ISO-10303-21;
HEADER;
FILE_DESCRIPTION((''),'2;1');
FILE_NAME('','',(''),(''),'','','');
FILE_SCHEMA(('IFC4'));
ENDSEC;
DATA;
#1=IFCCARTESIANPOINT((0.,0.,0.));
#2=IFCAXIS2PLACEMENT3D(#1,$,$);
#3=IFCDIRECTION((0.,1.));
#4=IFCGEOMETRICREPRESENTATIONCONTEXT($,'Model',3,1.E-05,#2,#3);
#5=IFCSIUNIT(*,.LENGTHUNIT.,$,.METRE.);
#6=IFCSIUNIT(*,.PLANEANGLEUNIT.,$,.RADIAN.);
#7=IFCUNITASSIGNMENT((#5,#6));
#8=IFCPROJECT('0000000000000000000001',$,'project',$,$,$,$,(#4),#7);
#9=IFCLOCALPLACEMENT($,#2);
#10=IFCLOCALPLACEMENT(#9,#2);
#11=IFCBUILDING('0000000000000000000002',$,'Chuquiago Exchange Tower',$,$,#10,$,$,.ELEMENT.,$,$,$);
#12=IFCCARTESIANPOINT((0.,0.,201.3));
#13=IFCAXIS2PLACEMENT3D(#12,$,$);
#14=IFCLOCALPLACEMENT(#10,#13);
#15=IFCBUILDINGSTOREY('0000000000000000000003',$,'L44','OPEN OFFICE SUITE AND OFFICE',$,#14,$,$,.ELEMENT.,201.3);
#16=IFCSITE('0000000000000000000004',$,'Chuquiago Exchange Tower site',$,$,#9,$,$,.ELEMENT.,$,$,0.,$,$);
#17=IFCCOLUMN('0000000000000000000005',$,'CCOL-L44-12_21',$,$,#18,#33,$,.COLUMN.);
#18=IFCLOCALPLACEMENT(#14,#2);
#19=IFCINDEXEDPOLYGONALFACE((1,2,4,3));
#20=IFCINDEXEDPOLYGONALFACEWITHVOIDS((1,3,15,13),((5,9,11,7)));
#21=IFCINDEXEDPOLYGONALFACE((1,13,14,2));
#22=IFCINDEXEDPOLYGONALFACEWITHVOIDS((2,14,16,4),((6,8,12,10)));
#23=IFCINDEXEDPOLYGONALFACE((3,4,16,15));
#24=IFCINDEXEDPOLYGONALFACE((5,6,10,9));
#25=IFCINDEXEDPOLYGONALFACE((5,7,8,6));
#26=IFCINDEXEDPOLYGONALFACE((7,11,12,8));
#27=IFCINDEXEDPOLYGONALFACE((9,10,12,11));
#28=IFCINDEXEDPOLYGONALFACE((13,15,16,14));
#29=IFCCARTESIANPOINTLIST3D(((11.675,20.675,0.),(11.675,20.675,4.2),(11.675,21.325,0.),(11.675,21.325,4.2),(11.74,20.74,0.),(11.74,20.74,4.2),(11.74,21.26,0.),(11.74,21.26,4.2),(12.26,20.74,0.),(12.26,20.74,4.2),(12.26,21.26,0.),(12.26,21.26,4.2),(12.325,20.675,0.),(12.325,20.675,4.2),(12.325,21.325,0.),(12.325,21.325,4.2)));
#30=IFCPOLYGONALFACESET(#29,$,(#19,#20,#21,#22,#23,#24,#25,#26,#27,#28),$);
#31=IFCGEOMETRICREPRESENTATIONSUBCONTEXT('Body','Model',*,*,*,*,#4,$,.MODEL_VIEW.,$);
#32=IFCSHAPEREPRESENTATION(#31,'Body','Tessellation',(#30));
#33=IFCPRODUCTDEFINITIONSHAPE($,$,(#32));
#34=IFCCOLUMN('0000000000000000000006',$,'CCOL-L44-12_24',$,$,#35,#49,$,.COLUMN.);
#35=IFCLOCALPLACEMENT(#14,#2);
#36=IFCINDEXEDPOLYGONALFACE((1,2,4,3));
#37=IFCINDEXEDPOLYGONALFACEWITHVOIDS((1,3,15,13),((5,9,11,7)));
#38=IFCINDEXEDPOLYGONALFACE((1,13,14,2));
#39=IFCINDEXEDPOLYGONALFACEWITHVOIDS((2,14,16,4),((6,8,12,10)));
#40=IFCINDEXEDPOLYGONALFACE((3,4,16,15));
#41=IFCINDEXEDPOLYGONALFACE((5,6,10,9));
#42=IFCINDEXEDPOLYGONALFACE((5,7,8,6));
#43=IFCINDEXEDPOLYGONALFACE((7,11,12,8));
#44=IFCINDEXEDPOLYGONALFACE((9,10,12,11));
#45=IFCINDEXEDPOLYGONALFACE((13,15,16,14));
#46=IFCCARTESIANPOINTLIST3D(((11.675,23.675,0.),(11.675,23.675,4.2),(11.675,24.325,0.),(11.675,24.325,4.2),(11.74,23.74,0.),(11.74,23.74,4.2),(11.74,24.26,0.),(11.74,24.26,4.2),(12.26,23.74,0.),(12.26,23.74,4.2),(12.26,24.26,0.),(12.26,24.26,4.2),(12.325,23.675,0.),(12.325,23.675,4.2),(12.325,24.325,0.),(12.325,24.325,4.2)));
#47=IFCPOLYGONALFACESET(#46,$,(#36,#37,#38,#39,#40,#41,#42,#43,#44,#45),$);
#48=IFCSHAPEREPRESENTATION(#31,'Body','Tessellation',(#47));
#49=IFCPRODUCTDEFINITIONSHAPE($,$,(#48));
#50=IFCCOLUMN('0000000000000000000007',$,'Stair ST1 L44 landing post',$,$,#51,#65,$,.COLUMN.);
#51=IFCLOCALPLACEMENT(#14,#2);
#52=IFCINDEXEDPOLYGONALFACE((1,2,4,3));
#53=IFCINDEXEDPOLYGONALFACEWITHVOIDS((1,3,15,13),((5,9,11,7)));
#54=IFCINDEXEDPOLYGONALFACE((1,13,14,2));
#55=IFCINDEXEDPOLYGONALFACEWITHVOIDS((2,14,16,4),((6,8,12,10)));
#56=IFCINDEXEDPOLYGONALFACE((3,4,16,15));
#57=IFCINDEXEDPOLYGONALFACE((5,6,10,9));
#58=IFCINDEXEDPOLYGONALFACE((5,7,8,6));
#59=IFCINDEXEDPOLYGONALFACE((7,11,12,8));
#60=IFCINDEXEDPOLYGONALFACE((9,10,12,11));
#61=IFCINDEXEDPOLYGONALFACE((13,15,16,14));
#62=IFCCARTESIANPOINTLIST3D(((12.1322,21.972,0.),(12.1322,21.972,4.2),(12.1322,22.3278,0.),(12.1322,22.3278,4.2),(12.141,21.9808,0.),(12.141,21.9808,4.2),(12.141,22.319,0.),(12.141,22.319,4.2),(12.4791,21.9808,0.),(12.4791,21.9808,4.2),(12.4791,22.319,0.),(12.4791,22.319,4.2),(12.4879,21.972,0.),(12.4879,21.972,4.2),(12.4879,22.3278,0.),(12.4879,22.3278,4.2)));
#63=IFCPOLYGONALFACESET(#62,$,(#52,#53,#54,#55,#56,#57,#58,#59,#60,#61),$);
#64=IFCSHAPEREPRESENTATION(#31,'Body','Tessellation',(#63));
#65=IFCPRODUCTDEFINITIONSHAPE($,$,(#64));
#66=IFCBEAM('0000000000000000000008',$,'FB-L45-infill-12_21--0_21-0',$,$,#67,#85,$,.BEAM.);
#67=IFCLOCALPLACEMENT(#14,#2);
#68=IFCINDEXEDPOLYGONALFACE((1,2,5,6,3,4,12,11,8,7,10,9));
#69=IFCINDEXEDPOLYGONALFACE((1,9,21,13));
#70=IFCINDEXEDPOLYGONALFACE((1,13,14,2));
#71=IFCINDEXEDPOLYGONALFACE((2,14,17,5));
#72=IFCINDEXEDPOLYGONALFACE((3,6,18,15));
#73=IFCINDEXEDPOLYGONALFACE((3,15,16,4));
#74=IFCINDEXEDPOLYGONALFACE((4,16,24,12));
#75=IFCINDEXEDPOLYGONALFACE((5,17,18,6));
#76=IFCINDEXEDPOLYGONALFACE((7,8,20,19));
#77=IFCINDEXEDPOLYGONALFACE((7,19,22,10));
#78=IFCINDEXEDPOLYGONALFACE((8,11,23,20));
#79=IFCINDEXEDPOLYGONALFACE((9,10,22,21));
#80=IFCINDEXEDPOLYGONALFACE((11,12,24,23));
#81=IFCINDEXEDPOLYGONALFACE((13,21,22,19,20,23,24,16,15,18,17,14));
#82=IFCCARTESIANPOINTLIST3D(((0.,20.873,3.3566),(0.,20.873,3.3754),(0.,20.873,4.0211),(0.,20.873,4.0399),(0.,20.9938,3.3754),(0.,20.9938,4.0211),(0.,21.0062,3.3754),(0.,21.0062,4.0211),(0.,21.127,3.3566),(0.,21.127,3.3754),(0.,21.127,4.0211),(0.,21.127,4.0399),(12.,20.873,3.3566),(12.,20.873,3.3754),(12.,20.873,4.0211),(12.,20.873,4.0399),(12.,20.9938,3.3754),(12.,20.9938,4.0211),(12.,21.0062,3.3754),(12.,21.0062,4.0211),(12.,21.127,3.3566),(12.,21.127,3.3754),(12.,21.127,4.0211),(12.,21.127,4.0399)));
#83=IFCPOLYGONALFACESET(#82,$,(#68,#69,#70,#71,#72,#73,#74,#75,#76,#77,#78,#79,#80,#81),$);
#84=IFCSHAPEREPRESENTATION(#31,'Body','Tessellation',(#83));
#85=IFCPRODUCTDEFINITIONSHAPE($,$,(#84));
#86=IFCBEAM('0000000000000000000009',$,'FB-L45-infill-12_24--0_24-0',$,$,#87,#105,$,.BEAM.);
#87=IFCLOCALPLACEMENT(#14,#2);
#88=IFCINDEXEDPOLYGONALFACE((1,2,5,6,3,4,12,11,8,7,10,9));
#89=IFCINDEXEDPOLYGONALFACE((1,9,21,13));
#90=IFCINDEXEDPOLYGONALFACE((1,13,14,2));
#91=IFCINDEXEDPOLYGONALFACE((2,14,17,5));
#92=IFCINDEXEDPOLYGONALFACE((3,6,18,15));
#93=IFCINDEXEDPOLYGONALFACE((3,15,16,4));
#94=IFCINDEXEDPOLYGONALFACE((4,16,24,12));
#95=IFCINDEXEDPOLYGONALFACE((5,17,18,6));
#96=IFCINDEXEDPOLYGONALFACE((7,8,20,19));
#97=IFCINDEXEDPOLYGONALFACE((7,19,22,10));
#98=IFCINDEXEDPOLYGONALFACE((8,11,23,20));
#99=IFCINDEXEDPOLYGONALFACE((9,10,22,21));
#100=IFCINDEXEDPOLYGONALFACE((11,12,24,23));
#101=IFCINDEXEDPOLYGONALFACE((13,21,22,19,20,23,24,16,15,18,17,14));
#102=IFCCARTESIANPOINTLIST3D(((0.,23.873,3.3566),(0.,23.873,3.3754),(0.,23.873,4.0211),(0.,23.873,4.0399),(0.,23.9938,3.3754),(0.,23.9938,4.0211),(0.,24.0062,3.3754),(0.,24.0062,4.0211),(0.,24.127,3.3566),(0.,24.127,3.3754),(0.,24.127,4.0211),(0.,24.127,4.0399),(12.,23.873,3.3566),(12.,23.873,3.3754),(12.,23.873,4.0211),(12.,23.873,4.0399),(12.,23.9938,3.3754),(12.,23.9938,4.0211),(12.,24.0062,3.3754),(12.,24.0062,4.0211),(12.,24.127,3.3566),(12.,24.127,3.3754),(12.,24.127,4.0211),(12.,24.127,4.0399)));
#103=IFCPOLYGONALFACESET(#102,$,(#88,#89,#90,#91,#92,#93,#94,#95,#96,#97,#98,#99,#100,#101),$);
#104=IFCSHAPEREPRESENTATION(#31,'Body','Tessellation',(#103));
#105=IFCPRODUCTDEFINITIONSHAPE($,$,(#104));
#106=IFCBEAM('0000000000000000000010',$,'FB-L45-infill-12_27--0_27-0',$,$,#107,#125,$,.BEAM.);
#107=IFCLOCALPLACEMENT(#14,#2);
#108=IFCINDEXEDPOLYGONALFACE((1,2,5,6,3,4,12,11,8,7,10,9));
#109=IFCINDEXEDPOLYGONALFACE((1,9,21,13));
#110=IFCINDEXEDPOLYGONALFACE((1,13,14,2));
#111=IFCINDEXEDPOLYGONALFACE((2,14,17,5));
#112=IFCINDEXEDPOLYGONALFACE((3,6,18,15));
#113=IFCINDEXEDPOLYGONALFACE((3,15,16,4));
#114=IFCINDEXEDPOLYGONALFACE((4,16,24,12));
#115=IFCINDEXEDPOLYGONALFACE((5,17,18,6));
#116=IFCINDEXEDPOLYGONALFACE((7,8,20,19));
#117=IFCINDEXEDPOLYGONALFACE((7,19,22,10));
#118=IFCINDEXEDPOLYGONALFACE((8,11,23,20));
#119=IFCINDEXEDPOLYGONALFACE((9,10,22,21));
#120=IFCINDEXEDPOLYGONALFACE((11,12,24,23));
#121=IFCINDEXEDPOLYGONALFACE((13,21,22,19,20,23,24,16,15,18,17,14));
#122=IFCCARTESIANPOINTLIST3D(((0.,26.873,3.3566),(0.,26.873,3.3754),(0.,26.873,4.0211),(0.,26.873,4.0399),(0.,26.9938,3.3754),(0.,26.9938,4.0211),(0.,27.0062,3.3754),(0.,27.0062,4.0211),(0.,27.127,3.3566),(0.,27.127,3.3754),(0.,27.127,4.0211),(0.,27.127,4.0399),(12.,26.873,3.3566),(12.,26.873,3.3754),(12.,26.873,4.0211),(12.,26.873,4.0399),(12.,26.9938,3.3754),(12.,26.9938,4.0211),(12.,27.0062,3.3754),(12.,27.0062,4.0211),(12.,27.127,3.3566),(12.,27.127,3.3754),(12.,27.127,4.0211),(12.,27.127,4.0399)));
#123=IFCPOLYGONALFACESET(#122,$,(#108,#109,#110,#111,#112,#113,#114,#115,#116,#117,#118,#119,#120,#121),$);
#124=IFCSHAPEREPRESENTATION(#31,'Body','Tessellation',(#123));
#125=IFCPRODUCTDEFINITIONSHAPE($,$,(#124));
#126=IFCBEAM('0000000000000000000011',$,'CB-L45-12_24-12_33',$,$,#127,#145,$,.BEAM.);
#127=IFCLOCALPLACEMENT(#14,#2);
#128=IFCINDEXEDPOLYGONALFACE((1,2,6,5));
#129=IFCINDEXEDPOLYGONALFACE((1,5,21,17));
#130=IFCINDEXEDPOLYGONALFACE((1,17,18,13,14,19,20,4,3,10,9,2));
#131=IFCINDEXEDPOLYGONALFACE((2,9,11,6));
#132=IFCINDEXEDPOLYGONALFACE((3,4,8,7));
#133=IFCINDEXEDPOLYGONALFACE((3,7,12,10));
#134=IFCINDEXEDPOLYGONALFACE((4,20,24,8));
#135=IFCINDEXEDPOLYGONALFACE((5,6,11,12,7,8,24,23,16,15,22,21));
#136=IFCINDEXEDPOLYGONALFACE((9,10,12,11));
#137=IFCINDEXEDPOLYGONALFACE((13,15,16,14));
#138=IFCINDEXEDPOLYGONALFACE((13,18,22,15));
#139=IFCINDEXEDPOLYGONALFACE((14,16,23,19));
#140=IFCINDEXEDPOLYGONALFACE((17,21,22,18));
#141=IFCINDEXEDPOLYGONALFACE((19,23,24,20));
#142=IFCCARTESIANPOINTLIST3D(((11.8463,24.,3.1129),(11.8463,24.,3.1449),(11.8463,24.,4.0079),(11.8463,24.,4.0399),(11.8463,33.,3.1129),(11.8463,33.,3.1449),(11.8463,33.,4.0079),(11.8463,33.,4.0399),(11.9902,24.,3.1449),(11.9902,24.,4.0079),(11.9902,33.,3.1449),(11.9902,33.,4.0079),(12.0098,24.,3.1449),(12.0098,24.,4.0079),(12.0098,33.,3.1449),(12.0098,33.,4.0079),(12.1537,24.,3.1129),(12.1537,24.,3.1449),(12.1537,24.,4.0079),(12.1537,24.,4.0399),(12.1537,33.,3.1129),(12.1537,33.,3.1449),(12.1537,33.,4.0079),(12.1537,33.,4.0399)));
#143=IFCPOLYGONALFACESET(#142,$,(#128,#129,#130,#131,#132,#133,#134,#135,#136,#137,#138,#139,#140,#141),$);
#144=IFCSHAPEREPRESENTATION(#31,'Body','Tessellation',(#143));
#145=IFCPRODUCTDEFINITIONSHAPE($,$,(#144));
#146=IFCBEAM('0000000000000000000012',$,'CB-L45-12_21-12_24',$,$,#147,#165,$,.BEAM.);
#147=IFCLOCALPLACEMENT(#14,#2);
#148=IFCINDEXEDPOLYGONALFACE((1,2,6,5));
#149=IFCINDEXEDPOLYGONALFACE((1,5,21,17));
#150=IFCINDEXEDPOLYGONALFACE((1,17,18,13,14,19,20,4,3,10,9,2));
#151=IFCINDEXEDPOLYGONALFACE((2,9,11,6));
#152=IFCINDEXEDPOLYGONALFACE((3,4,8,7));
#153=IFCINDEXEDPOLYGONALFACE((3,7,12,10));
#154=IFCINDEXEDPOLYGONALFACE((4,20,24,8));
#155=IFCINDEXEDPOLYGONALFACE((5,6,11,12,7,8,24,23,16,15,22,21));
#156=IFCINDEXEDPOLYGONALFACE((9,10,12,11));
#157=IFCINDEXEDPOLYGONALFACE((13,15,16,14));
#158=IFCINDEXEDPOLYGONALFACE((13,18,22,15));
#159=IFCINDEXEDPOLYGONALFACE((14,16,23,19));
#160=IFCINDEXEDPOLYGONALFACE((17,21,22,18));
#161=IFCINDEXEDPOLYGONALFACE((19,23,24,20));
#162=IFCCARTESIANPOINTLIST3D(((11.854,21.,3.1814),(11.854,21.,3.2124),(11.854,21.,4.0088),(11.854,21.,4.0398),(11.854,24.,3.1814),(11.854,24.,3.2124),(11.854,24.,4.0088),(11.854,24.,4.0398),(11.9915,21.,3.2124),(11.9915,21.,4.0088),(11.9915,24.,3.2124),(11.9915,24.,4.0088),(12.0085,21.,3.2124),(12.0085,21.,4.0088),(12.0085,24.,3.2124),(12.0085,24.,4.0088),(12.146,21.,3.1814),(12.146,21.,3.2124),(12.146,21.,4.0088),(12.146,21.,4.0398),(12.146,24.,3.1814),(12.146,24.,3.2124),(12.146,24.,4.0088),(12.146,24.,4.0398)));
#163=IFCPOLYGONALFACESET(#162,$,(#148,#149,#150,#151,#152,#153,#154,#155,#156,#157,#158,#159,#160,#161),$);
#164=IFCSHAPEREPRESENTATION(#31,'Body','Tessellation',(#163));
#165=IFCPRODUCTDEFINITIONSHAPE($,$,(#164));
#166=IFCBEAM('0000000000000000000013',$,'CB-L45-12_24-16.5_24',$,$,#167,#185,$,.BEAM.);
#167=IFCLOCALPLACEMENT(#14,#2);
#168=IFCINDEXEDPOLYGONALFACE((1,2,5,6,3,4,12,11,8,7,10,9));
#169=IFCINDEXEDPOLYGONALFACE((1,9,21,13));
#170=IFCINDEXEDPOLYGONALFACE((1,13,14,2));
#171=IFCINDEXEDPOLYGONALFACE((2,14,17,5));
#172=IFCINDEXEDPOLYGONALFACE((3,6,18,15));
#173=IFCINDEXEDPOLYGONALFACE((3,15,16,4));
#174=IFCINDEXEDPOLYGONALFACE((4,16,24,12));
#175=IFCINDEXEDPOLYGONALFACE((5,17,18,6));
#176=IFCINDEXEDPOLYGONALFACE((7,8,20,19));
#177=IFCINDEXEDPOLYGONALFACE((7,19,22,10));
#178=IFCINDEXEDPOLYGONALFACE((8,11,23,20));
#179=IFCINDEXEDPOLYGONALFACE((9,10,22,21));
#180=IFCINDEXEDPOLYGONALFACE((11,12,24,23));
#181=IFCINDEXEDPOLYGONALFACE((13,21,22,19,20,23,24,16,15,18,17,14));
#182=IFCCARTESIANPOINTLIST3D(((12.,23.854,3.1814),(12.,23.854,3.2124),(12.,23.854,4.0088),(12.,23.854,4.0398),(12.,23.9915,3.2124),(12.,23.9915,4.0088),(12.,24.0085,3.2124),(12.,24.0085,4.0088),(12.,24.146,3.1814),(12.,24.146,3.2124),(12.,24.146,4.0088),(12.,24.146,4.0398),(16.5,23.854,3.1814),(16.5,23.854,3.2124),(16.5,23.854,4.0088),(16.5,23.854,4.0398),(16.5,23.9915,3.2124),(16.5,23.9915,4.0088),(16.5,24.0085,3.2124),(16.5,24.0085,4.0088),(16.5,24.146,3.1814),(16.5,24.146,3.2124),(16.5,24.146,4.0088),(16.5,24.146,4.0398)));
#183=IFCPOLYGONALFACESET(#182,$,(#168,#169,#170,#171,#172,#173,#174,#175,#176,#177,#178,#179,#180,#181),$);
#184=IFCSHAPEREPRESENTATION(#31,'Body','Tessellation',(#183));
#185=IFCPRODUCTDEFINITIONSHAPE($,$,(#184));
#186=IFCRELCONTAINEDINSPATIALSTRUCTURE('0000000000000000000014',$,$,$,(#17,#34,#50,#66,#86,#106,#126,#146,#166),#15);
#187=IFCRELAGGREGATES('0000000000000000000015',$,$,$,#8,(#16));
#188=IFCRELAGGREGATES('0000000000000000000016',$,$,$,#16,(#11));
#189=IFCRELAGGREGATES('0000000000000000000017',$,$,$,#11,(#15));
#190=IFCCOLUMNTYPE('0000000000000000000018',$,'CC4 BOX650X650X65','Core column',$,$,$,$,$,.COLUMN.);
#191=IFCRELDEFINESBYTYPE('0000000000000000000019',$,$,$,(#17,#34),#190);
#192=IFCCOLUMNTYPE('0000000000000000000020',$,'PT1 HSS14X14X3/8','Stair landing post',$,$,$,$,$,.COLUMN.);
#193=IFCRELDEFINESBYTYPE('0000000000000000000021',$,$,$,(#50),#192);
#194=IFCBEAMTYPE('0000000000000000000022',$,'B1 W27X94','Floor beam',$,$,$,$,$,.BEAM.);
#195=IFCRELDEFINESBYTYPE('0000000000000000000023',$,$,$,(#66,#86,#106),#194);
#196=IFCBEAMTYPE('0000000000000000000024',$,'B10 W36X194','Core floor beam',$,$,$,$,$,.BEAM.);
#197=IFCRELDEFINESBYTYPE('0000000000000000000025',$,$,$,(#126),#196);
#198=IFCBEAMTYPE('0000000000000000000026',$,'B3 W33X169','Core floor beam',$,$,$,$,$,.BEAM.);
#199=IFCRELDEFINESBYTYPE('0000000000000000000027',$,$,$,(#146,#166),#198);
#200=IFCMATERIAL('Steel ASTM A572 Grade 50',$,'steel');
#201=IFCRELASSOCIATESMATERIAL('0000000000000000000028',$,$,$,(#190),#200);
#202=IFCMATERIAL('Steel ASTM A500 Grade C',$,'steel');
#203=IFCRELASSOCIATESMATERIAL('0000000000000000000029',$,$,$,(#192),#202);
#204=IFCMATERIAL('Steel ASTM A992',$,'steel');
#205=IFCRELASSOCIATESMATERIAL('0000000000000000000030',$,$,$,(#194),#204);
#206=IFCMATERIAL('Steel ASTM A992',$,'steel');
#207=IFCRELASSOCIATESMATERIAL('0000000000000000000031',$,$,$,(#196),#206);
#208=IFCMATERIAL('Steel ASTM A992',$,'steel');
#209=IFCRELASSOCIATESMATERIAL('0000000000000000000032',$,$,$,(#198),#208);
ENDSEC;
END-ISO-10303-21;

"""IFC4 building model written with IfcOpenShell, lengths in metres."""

from ifc_helpers import new_model, si_unit, direction, frame, origin, origin_2d, place, context, subcontext, project, spatial, hollow_rectangle, i_section, extrude, material, material_profile, profile_set, type_object, element, save


model = new_model("IFC4")

# Units and contexts
model_context = context("Model", 3, precision=1e-05, world=origin(), true_north=direction((0.0, 1.0)))
body_context = subcontext(model_context, "Body", "Model", "MODEL_VIEW")
ifc_project = project(units=[si_unit("LENGTHUNIT", "METRE"), si_unit("PLANEANGLEUNIT", "RADIAN")], contexts=[model_context])

# Site, building, storey
site_placement = place(None, origin())
site = spatial("IfcSite", under=ifc_project, at=site_placement, Name="Chuquiago Exchange Tower site", CompositionType="ELEMENT", RefElevation=0.0)
building_placement = place(site_placement, origin())
building = spatial("IfcBuilding", under=site, at=building_placement, Name="Chuquiago Exchange Tower", CompositionType="ELEMENT")
storey_placement = place(building_placement, frame((0.0, 0.0, 201.3)))
storey = spatial("IfcBuildingStorey", under=building, at=storey_placement, Name="L44", Description="OPEN OFFICE SUITE AND OFFICE", CompositionType="ELEMENT", Elevation=201.3)

# Columns
ifc_material_1 = material(Name="Steel ASTM A572 Grade 50", Category="steel")
ifc_material_profile_1 = material_profile(ifc_material_1, hollow_rectangle(XDim=0.6499, YDim=0.6499, WallThickness=0.0649, at=origin_2d()), Name="BOX650X650X65")
ifc_profile_set_1 = profile_set([ifc_material_profile_1], Name="Steel ASTM A572 Grade 50")
column_type_1 = type_object("IfcColumnType", Name="CC4 BOX650X650X65", Description="Core column", PredefinedType="COLUMN", material=ifc_profile_set_1)
for number, where, z_axis, x_axis, name in (
    (1, (12.0, 21.0, 0.0), (0.0, 0.0, 1.0), (1.0, 0.0, 0.0), "CCOL-L44-12_21"),
    (2, (12.0, 24.0, 0.0), (0.0, 0.0, 1.0), (1.0, 0.0, 0.0), "CCOL-L44-12_24"),
):
    element("IfcColumn", number, at=place(storey_placement, frame(where, z_axis=z_axis, x_axis=x_axis)), inside=storey, type_object=column_type_1, Name=name, PredefinedType="COLUMN", context=body_context, shape_type="SweptSolid", body=[
        extrude(hollow_rectangle(XDim=0.6499, YDim=0.6499, WallThickness=0.0649, at=origin_2d()), origin(), (0.0, 0.0, 1.0), 4.2),
    ])
ifc_material_2 = material(Name="Steel ASTM A500 Grade C", Category="steel")
ifc_material_profile_2 = material_profile(ifc_material_2, hollow_rectangle(XDim=0.3557, YDim=0.3557, WallThickness=0.0088, at=origin_2d()), Name="HSS14X14X3/8")
ifc_profile_set_2 = profile_set([ifc_material_profile_2], Name="Steel ASTM A500 Grade C")
column_type_2 = type_object("IfcColumnType", Name="PT1 HSS14X14X3/8", Description="Stair landing post", PredefinedType="COLUMN", material=ifc_profile_set_2)
column_placement = place(storey_placement, frame((12.3101, 22.1499, 0.0), z_axis=(0.0, 0.0, 1.0), x_axis=(1.0, 0.0, 0.0)))
element("IfcColumn", 3, at=column_placement, inside=storey, type_object=column_type_2, Name="Stair ST1 L44 landing post", PredefinedType="COLUMN", context=body_context, shape_type="SweptSolid", body=[
    extrude(hollow_rectangle(XDim=0.3557, YDim=0.3557, WallThickness=0.0088, at=origin_2d()), origin(), (0.0, 0.0, 1.0), 4.2),
])

# Beams
ifc_material_3 = material(Name="Steel ASTM A992", Category="steel")
ifc_material_profile_3 = material_profile(ifc_material_3, i_section(OverallWidth=0.2539, OverallDepth=0.6833, WebThickness=0.0125, FlangeThickness=0.0188, at=origin_2d()), Name="W27X94")
ifc_profile_set_3 = profile_set([ifc_material_profile_3], Name="Steel ASTM A992")
beam_type_1 = type_object("IfcBeamType", Name="B1 W27X94", Description="Floor beam", PredefinedType="BEAM", material=ifc_profile_set_3)
for number, where, z_axis, x_axis, name in (
    (4, (12.0, 21.0, 3.6982), (-1.0, 0.0, 0.0), (0.0, -1.0, 0.0), "FB-L45-infill-12_21--0_21-0"),
    (5, (12.0, 24.0, 3.6982), (-1.0, 0.0, 0.0), (0.0, -1.0, 0.0), "FB-L45-infill-12_24--0_24-0"),
    (6, (12.0, 27.0, 3.6982), (-1.0, 0.0, 0.0), (0.0, -1.0, 0.0), "FB-L45-infill-12_27--0_27-0"),
):
    element("IfcBeam", number, at=place(storey_placement, frame(where, z_axis=z_axis, x_axis=x_axis)), inside=storey, type_object=beam_type_1, Name=name, PredefinedType="BEAM", context=body_context, shape_type="SweptSolid", body=[
        extrude(i_section(OverallWidth=0.2539, OverallDepth=0.6833, WebThickness=0.0125, FlangeThickness=0.0188, at=origin_2d()), origin(), (0.0, 0.0, 1.0), 12.0),
    ])
ifc_material_4 = material(Name="Steel ASTM A992", Category="steel")
ifc_material_profile_4 = material_profile(ifc_material_4, i_section(OverallWidth=0.3074, OverallDepth=0.927, WebThickness=0.0195, FlangeThickness=0.032, at=origin_2d()), Name="W36X194")
ifc_profile_set_4 = profile_set([ifc_material_profile_4], Name="Steel ASTM A992")
beam_type_2 = type_object("IfcBeamType", Name="B10 W36X194", Description="Core floor beam", PredefinedType="BEAM", material=ifc_profile_set_4)
beam_1_placement = place(storey_placement, frame((12.0, 24.0, 3.5764), z_axis=(0.0, 1.0, 0.0), x_axis=(-1.0, 0.0, 0.0)))
element("IfcBeam", 7, at=beam_1_placement, inside=storey, type_object=beam_type_2, Name="CB-L45-12_24-12_33", PredefinedType="BEAM", context=body_context, shape_type="SweptSolid", body=[
    extrude(i_section(OverallWidth=0.3074, OverallDepth=0.927, WebThickness=0.0195, FlangeThickness=0.032, at=origin_2d()), origin(), (0.0, 0.0, 1.0), 9.0),
])
ifc_material_5 = material(Name="Steel ASTM A992", Category="steel")
ifc_material_profile_5 = material_profile(ifc_material_5, i_section(OverallWidth=0.292, OverallDepth=0.8584, WebThickness=0.0171, FlangeThickness=0.031, at=origin_2d()), Name="W33X169")
ifc_profile_set_5 = profile_set([ifc_material_profile_5], Name="Steel ASTM A992")
beam_type_3 = type_object("IfcBeamType", Name="B3 W33X169", Description="Core floor beam", PredefinedType="BEAM", material=ifc_profile_set_5)
beam_2_placement = place(storey_placement, frame((12.0, 21.0, 3.6106), z_axis=(0.0, 1.0, 0.0), x_axis=(-1.0, 0.0, 0.0)))
element("IfcBeam", 8, at=beam_2_placement, inside=storey, type_object=beam_type_3, Name="CB-L45-12_21-12_24", PredefinedType="BEAM", context=body_context, shape_type="SweptSolid", body=[
    extrude(i_section(OverallWidth=0.292, OverallDepth=0.8584, WebThickness=0.0171, FlangeThickness=0.031, at=origin_2d()), origin(), (0.0, 0.0, 1.0), 3.0),
])
beam_3_placement = place(storey_placement, frame((12.0, 24.0, 3.6106), z_axis=(1.0, 0.0, 0.0), x_axis=(0.0, 1.0, 0.0)))
element("IfcBeam", 9, at=beam_3_placement, inside=storey, type_object=beam_type_3, Name="CB-L45-12_24-16.5_24", PredefinedType="BEAM", context=body_context, shape_type="SweptSolid", body=[
    extrude(i_section(OverallWidth=0.292, OverallDepth=0.8584, WebThickness=0.0171, FlangeThickness=0.031, at=origin_2d()), origin(), (0.0, 0.0, 1.0), 4.5),
])

save(model, "model.ifc")
